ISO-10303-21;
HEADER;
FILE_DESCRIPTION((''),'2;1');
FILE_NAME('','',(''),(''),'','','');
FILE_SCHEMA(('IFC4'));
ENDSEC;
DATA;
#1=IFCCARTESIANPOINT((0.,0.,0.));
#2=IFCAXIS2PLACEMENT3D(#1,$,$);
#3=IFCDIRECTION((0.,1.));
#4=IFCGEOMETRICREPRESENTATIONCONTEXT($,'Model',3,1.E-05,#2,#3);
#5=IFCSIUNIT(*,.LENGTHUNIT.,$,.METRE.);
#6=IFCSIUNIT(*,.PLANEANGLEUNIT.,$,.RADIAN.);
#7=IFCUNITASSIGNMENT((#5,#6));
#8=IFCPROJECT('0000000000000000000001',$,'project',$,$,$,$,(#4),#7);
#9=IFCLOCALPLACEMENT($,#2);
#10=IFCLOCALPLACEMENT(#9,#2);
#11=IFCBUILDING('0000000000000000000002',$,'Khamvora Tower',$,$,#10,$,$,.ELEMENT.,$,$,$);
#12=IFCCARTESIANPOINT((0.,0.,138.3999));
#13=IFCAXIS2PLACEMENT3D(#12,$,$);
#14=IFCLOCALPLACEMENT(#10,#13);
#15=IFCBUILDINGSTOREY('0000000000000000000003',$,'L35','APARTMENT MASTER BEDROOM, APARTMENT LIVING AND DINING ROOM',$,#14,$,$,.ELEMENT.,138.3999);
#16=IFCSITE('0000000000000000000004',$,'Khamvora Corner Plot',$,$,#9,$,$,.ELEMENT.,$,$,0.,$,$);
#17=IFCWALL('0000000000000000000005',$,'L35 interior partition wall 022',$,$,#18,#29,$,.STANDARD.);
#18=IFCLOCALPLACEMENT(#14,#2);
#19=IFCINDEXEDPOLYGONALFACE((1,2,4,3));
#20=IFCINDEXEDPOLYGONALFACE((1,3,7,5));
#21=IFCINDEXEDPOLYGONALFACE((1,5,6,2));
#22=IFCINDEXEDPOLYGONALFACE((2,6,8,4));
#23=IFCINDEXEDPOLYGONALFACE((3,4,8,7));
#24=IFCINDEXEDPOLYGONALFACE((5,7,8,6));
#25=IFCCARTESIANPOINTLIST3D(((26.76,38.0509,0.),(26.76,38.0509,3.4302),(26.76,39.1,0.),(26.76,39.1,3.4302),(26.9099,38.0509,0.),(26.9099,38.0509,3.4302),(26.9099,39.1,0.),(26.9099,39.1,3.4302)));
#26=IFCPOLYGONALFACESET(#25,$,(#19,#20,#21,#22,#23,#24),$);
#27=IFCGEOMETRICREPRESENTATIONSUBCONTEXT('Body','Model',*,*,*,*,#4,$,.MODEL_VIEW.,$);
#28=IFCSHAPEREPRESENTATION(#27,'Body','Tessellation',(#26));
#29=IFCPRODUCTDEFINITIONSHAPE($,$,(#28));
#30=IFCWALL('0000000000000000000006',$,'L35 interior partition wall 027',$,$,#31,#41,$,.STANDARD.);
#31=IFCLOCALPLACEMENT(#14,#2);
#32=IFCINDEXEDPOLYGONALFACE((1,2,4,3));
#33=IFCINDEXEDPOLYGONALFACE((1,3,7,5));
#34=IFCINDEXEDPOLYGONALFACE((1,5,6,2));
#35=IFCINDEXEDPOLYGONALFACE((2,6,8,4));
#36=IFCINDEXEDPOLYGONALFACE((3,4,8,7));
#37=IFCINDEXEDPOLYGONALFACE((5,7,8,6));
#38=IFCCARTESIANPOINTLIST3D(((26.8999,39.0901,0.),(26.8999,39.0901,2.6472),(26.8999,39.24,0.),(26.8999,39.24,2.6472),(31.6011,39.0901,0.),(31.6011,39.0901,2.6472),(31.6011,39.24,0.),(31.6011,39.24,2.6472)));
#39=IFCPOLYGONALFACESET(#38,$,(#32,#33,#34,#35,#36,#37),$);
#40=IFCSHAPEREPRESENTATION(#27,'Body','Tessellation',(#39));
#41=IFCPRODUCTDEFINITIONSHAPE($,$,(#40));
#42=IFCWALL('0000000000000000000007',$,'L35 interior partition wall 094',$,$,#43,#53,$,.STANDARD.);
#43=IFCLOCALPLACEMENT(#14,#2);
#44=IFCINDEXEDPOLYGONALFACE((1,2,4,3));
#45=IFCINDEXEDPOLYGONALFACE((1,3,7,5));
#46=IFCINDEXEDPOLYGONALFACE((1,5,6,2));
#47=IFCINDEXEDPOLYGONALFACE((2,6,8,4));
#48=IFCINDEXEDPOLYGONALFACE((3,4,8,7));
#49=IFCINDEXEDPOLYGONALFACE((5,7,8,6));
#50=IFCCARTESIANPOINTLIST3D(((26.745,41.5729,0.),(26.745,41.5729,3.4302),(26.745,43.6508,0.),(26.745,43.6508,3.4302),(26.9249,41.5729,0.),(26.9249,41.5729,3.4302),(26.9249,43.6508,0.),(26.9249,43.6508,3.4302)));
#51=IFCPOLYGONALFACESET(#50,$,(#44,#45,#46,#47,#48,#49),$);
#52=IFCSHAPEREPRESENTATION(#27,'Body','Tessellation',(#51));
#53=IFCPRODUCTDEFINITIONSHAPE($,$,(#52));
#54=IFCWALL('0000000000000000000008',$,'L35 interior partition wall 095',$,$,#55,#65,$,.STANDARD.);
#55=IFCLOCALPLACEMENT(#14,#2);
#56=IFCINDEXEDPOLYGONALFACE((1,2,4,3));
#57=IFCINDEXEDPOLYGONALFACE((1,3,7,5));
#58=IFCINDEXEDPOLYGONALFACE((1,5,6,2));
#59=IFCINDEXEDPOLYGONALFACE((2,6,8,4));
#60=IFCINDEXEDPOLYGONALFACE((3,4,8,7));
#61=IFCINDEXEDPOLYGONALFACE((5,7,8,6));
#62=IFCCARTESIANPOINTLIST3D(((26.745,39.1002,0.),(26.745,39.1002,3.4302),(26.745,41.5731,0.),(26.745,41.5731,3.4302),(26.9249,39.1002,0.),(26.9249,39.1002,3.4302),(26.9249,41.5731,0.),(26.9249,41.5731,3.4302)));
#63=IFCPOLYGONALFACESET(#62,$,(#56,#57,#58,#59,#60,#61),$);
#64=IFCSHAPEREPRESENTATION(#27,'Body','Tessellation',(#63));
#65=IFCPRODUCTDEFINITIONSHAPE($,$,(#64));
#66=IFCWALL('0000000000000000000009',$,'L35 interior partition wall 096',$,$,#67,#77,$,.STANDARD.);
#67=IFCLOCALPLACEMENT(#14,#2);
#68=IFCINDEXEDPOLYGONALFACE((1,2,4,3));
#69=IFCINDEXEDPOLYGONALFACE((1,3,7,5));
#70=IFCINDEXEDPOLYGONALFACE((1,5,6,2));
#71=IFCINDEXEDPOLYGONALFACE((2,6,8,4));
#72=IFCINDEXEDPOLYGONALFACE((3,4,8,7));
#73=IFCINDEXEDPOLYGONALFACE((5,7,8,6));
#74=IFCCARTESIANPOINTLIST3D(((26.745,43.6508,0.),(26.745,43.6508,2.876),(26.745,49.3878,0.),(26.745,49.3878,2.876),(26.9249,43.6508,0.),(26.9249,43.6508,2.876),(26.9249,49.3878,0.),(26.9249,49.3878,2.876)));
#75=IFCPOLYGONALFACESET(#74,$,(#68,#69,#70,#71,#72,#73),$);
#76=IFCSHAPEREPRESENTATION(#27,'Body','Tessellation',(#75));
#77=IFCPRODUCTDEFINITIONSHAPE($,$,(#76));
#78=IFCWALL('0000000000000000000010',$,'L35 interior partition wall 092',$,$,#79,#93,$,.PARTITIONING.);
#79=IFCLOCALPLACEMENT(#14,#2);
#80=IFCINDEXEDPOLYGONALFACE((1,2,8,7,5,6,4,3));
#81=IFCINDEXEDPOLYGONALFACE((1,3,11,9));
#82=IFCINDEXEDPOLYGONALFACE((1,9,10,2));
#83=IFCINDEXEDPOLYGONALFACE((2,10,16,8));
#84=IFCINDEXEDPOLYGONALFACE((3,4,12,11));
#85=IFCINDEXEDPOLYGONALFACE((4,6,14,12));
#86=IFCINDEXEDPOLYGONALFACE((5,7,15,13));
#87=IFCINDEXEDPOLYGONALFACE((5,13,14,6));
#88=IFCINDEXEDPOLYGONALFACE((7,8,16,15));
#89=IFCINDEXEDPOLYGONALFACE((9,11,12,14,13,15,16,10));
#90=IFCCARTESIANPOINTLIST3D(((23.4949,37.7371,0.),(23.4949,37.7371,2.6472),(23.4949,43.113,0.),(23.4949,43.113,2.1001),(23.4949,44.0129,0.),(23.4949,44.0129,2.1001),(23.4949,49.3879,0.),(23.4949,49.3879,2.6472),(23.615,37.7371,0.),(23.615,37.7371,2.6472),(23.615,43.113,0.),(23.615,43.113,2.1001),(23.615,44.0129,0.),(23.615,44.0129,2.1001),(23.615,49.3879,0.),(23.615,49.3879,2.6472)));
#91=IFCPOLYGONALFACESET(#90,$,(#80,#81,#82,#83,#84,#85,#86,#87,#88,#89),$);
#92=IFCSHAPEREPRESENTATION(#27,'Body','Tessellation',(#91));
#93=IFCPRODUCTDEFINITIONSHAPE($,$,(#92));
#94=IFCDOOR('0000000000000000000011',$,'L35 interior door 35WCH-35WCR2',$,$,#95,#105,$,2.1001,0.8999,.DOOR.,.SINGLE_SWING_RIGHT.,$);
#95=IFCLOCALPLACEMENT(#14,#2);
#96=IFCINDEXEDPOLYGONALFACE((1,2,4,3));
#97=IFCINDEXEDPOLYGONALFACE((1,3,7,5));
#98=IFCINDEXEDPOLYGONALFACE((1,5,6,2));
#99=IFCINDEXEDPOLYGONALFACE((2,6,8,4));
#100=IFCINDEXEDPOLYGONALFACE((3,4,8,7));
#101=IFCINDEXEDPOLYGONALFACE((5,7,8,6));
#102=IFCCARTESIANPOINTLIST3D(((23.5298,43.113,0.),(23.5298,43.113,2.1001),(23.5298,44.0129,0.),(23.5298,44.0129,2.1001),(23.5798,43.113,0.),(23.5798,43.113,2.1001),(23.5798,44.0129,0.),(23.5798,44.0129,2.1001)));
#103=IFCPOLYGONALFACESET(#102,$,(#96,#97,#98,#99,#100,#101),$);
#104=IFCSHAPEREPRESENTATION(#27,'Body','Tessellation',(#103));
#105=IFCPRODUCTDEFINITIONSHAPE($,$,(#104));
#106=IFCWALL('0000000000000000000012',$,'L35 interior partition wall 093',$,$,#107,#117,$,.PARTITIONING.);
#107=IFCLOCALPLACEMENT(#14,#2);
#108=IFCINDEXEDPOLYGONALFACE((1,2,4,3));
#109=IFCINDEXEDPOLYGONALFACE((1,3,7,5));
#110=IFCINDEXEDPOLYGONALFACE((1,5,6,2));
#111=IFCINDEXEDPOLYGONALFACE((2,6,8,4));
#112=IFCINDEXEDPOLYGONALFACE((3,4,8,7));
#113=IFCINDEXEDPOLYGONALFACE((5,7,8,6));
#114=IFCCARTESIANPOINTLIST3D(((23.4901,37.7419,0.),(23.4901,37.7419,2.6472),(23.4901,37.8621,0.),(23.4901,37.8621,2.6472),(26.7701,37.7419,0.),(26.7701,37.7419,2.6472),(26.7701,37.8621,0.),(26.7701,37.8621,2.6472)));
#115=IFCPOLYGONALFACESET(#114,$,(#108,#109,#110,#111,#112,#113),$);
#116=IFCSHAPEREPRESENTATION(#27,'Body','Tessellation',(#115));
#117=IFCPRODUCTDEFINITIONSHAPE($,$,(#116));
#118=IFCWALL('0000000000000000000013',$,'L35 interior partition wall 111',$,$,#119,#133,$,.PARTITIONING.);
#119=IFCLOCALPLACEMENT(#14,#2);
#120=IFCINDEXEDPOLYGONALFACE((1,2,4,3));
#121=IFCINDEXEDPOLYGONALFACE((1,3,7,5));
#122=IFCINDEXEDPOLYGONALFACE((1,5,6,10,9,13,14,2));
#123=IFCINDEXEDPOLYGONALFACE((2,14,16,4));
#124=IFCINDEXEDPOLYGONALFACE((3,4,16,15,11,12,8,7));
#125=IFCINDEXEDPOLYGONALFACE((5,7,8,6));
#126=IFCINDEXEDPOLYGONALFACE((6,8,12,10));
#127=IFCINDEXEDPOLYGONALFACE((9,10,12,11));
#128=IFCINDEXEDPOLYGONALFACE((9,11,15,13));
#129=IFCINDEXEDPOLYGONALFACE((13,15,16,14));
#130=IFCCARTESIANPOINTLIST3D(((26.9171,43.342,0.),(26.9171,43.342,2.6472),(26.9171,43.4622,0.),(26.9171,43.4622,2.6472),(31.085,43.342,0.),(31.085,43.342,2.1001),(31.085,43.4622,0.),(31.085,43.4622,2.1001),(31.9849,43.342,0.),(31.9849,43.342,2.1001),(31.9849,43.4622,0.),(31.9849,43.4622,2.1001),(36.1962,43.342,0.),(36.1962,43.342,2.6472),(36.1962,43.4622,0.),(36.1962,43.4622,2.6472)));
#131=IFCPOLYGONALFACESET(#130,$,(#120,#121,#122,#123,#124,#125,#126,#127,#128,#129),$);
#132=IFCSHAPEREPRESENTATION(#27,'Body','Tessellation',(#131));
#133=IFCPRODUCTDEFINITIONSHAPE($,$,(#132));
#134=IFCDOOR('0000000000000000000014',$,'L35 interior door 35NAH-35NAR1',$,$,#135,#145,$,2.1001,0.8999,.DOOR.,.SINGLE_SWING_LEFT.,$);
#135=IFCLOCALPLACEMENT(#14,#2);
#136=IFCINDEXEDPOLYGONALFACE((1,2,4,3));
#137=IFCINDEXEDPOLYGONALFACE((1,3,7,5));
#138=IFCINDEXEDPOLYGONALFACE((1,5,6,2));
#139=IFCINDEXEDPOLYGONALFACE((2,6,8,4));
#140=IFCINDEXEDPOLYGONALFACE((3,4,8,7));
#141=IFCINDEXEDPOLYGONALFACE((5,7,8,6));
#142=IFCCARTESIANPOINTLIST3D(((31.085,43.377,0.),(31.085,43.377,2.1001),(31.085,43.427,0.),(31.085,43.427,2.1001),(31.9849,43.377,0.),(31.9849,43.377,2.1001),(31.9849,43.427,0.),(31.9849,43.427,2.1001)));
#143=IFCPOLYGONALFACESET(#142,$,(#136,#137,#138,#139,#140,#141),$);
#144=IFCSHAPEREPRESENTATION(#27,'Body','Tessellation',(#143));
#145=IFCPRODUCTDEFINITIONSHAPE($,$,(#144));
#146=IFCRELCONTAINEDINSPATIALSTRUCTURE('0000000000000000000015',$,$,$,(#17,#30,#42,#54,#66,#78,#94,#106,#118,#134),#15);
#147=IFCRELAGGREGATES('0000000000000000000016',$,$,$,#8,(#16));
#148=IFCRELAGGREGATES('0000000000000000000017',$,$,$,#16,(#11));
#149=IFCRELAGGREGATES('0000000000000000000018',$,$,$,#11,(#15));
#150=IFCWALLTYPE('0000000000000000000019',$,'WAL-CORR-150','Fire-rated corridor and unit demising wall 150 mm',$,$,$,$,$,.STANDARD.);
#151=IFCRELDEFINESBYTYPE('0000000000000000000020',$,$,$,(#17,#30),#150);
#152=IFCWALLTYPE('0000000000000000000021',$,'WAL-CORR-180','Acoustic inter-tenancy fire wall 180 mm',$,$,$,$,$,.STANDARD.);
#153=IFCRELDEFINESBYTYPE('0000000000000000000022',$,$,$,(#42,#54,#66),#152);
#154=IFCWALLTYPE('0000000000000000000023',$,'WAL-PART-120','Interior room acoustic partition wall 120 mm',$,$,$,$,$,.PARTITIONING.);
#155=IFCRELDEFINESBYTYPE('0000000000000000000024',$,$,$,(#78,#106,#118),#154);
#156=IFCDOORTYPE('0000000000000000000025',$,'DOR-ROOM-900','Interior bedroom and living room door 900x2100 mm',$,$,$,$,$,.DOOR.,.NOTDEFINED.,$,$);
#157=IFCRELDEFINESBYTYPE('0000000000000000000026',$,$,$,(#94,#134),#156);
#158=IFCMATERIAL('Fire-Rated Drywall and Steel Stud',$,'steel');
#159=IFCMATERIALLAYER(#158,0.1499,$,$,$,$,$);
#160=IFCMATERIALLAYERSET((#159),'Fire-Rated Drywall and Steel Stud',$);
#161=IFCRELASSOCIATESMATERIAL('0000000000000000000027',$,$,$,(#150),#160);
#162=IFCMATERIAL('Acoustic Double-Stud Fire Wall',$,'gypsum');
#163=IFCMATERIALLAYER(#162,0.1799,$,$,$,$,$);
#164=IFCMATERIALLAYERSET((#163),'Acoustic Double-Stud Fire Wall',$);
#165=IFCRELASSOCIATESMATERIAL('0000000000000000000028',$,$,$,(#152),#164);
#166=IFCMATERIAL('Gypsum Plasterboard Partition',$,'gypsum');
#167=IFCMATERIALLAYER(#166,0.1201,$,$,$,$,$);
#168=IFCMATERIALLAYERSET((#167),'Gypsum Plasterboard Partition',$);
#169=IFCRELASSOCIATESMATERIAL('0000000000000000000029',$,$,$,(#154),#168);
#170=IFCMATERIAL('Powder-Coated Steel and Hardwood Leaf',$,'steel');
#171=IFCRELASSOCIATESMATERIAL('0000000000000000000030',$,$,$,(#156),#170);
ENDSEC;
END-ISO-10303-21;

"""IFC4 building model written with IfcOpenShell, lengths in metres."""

from ifc_helpers import new_model, si_unit, direction, frame, frame_2d, origin, place, context, subcontext, project, spatial, rectangle, extrude, material, layer, layer_set, type_object, element, fill, save


model = new_model("IFC4")

# Units and contexts
model_context = context("Model", 3, precision=1e-05, world=origin(), true_north=direction((0.0, 1.0)))
body_context = subcontext(model_context, "Body", "Model", "MODEL_VIEW")
ifc_project = project(units=[si_unit("LENGTHUNIT", "METRE"), si_unit("PLANEANGLEUNIT", "RADIAN")], contexts=[model_context])

# Site, building, storey
site_placement = place(None, origin())
site = spatial("IfcSite", under=ifc_project, at=site_placement, Name="Khamvora Corner Plot", CompositionType="ELEMENT", RefElevation=0.0)
building_placement = place(site_placement, origin())
building = spatial("IfcBuilding", under=site, at=building_placement, Name="Khamvora Tower", CompositionType="ELEMENT")
storey_placement = place(building_placement, frame((0.0, 0.0, 138.3999)))
storey = spatial("IfcBuildingStorey", under=building, at=storey_placement, Name="L35", Description="APARTMENT MASTER BEDROOM, APARTMENT LIVING AND DINING ROOM", CompositionType="ELEMENT", Elevation=138.3999)

# Shared definitions
ifc_material_1 = material(Name="Powder-Coated Steel and Hardwood Leaf", Category="steel")

# Walls
ifc_material_2 = material(Name="Fire-Rated Drywall and Steel Stud", Category="steel")
ifc_layer_1 = layer(ifc_material_2, 0.1499)
ifc_layer_set_1 = layer_set([ifc_layer_1], Name="Fire-Rated Drywall and Steel Stud")
wall_type_1 = type_object("IfcWallType", Name="WAL-CORR-150", Description="Fire-rated corridor and unit demising wall 150 mm", PredefinedType="STANDARD", material=ifc_layer_set_1)
wall_1_placement = place(storey_placement, frame((26.835, 38.051, 0.0), z_axis=(0.0, 0.0, 1.0), x_axis=(0.0, 1.0, 0.0)))
element("IfcWall", 1, at=wall_1_placement, inside=storey, type_object=wall_type_1, Name="L35 interior partition wall 022", PredefinedType="STANDARD", context=body_context, shape_type="SweptSolid", body=[
    extrude(rectangle(XDim=1.0491, YDim=0.1499, at=frame_2d((0.5244, 0.0))), origin(), (0.0, 0.0, 1.0), 3.4302),
])
wall_2_placement = place(storey_placement, frame((26.8999, 39.165, 0.0), z_axis=(0.0, 0.0, 1.0), x_axis=(1.0, 0.0, 0.0)))
element("IfcWall", 2, at=wall_2_placement, inside=storey, type_object=wall_type_1, Name="L35 interior partition wall 027", PredefinedType="STANDARD", context=body_context, shape_type="SweptSolid", body=[
    extrude(rectangle(XDim=4.7012, YDim=0.1499, at=frame_2d((2.3506, 0.0))), origin(), (0.0, 0.0, 1.0), 2.6472),
])
ifc_material_3 = material(Name="Acoustic Double-Stud Fire Wall", Category="gypsum")
ifc_layer_2 = layer(ifc_material_3, 0.1799)
ifc_layer_set_2 = layer_set([ifc_layer_2], Name="Acoustic Double-Stud Fire Wall")
wall_type_2 = type_object("IfcWallType", Name="WAL-CORR-180", Description="Acoustic inter-tenancy fire wall 180 mm", PredefinedType="STANDARD", material=ifc_layer_set_2)
wall_3_placement = place(storey_placement, frame((26.835, 43.6509, 0.0), z_axis=(0.0, 0.0, 1.0), x_axis=(0.0, -1.0, 0.0)))
element("IfcWall", 3, at=wall_3_placement, inside=storey, type_object=wall_type_2, Name="L35 interior partition wall 094", PredefinedType="STANDARD", context=body_context, shape_type="SweptSolid", body=[
    extrude(rectangle(XDim=2.0779, YDim=0.1799, at=frame_2d((1.0391, 0.0))), origin(), (0.0, 0.0, 1.0), 3.4302),
])
wall_4_placement = place(storey_placement, frame((26.835, 41.573, 0.0), z_axis=(0.0, 0.0, 1.0), x_axis=(0.0, -1.0, 0.0)))
element("IfcWall", 4, at=wall_4_placement, inside=storey, type_object=wall_type_2, Name="L35 interior partition wall 095", PredefinedType="STANDARD", context=body_context, shape_type="SweptSolid", body=[
    extrude(rectangle(XDim=2.4729, YDim=0.1799, at=frame_2d((1.2363, 0.0))), origin(), (0.0, 0.0, 1.0), 3.4302),
])
wall_5_placement = place(storey_placement, frame((26.835, 49.3879, 0.0), z_axis=(0.0, 0.0, 1.0), x_axis=(0.0, -1.0, 0.0)))
element("IfcWall", 5, at=wall_5_placement, inside=storey, type_object=wall_type_2, Name="L35 interior partition wall 096", PredefinedType="STANDARD", context=body_context, shape_type="SweptSolid", body=[
    extrude(rectangle(XDim=5.7371, YDim=0.1799, at=frame_2d((2.8687, 0.0))), origin(), (0.0, 0.0, 1.0), 2.876),
])

# Wall, opening, door
ifc_material_4 = material(Name="Gypsum Plasterboard Partition", Category="gypsum")
ifc_layer_3 = layer(ifc_material_4, 0.1201)
ifc_layer_set_3 = layer_set([ifc_layer_3], Name="Gypsum Plasterboard Partition")
wall_type_3 = type_object("IfcWallType", Name="WAL-PART-120", Description="Interior room acoustic partition wall 120 mm", PredefinedType="PARTITIONING", material=ifc_layer_set_3)
wall_6_placement = place(storey_placement, frame((23.5549, 49.3879, 0.0), z_axis=(0.0, 0.0, 1.0), x_axis=(0.0, -1.0, 0.0)))
wall_6 = element("IfcWall", 6, at=wall_6_placement, inside=storey, type_object=wall_type_3, Name="L35 interior partition wall 092", PredefinedType="PARTITIONING", context=body_context, shape_type="SweptSolid", body=[
    extrude(rectangle(XDim=11.6509, YDim=0.1201, at=frame_2d((5.8254, 0.0))), origin(), (0.0, 0.0, 1.0), 2.6472),
])
opening_1_placement = place(wall_6_placement, frame((5.375, 0.0, 0.0)))
opening_1 = element("IfcOpeningElement", 7, at=opening_1_placement, cuts=wall_6, PredefinedType="OPENING", context=body_context, shape_type="SweptSolid", body=[
    extrude(rectangle(XDim=0.8999, YDim=2.1001, at=frame_2d((0.45, 1.05))), frame((0.0, 0.0701, 0.0), z_axis=(0.0, -1.0, 0.0), x_axis=(1.0, 0.0, 0.0)), (0.0, 0.0, 1.0), 0.1401),
])
door_type_1 = type_object("IfcDoorType", Name="DOR-ROOM-900", Description="Interior bedroom and living room door 900x2100 mm", OperationType="NOTDEFINED", PredefinedType="DOOR", material=ifc_material_1)
door_1_placement = place(opening_1_placement, origin())
door_1 = element("IfcDoor", 8, at=door_1_placement, inside=storey, type_object=door_type_1, Name="L35 interior door 35WCH-35WCR2", OperationType="SINGLE_SWING_RIGHT", OverallHeight=2.1001, OverallWidth=0.8999, PredefinedType="DOOR", context=body_context, shape_type="SweptSolid", body=[
    extrude(rectangle(XDim=0.8999, YDim=2.1001, at=frame_2d((0.45, 1.05))), frame((0.0, 0.0249, 0.0), z_axis=(0.0, -1.0, 0.0), x_axis=(1.0, 0.0, 0.0)), (0.0, 0.0, 1.0), 0.05),
])
fill(opening_1, door_1)

# Wall
wall_7_placement = place(storey_placement, frame((23.49, 37.802, 0.0), z_axis=(0.0, 0.0, 1.0), x_axis=(1.0, 0.0, 0.0)))
element("IfcWall", 9, at=wall_7_placement, inside=storey, type_object=wall_type_3, Name="L35 interior partition wall 093", PredefinedType="PARTITIONING", context=body_context, shape_type="SweptSolid", body=[
    extrude(rectangle(XDim=3.28, YDim=0.1201, at=frame_2d((1.6401, 0.0))), origin(), (0.0, 0.0, 1.0), 2.6472),
])

# Wall, opening, door
wall_8_placement = place(storey_placement, frame((26.917, 43.4021, 0.0), z_axis=(0.0, 0.0, 1.0), x_axis=(1.0, 0.0, 0.0)))
wall_8 = element("IfcWall", 10, at=wall_8_placement, inside=storey, type_object=wall_type_3, Name="L35 interior partition wall 111", PredefinedType="PARTITIONING", context=body_context, shape_type="SweptSolid", body=[
    extrude(rectangle(XDim=9.2791, YDim=0.1201, at=frame_2d((4.6396, 0.0))), origin(), (0.0, 0.0, 1.0), 2.6472),
])
opening_2_placement = place(wall_8_placement, frame((4.168, 0.0, 0.0)))
opening_2 = element("IfcOpeningElement", 11, at=opening_2_placement, cuts=wall_8, PredefinedType="OPENING", context=body_context, shape_type="SweptSolid", body=[
    extrude(rectangle(XDim=0.8999, YDim=2.1001, at=frame_2d((0.45, 1.05))), frame((0.0, 0.0701, 0.0), z_axis=(0.0, -1.0, 0.0), x_axis=(1.0, 0.0, 0.0)), (0.0, 0.0, 1.0), 0.1401),
])
door_2_placement = place(opening_2_placement, origin())
door_2 = element("IfcDoor", 12, at=door_2_placement, inside=storey, type_object=door_type_1, Name="L35 interior door 35NAH-35NAR1", OperationType="SINGLE_SWING_LEFT", OverallHeight=2.1001, OverallWidth=0.8999, PredefinedType="DOOR", context=body_context, shape_type="SweptSolid", body=[
    extrude(rectangle(XDim=0.8999, YDim=2.1001, at=frame_2d((0.45, 1.05))), frame((0.0, 0.0249, 0.0), z_axis=(0.0, -1.0, 0.0), x_axis=(1.0, 0.0, 0.0)), (0.0, 0.0, 1.0), 0.05),
])
fill(opening_2, door_2)

save(model, "model.ifc")
